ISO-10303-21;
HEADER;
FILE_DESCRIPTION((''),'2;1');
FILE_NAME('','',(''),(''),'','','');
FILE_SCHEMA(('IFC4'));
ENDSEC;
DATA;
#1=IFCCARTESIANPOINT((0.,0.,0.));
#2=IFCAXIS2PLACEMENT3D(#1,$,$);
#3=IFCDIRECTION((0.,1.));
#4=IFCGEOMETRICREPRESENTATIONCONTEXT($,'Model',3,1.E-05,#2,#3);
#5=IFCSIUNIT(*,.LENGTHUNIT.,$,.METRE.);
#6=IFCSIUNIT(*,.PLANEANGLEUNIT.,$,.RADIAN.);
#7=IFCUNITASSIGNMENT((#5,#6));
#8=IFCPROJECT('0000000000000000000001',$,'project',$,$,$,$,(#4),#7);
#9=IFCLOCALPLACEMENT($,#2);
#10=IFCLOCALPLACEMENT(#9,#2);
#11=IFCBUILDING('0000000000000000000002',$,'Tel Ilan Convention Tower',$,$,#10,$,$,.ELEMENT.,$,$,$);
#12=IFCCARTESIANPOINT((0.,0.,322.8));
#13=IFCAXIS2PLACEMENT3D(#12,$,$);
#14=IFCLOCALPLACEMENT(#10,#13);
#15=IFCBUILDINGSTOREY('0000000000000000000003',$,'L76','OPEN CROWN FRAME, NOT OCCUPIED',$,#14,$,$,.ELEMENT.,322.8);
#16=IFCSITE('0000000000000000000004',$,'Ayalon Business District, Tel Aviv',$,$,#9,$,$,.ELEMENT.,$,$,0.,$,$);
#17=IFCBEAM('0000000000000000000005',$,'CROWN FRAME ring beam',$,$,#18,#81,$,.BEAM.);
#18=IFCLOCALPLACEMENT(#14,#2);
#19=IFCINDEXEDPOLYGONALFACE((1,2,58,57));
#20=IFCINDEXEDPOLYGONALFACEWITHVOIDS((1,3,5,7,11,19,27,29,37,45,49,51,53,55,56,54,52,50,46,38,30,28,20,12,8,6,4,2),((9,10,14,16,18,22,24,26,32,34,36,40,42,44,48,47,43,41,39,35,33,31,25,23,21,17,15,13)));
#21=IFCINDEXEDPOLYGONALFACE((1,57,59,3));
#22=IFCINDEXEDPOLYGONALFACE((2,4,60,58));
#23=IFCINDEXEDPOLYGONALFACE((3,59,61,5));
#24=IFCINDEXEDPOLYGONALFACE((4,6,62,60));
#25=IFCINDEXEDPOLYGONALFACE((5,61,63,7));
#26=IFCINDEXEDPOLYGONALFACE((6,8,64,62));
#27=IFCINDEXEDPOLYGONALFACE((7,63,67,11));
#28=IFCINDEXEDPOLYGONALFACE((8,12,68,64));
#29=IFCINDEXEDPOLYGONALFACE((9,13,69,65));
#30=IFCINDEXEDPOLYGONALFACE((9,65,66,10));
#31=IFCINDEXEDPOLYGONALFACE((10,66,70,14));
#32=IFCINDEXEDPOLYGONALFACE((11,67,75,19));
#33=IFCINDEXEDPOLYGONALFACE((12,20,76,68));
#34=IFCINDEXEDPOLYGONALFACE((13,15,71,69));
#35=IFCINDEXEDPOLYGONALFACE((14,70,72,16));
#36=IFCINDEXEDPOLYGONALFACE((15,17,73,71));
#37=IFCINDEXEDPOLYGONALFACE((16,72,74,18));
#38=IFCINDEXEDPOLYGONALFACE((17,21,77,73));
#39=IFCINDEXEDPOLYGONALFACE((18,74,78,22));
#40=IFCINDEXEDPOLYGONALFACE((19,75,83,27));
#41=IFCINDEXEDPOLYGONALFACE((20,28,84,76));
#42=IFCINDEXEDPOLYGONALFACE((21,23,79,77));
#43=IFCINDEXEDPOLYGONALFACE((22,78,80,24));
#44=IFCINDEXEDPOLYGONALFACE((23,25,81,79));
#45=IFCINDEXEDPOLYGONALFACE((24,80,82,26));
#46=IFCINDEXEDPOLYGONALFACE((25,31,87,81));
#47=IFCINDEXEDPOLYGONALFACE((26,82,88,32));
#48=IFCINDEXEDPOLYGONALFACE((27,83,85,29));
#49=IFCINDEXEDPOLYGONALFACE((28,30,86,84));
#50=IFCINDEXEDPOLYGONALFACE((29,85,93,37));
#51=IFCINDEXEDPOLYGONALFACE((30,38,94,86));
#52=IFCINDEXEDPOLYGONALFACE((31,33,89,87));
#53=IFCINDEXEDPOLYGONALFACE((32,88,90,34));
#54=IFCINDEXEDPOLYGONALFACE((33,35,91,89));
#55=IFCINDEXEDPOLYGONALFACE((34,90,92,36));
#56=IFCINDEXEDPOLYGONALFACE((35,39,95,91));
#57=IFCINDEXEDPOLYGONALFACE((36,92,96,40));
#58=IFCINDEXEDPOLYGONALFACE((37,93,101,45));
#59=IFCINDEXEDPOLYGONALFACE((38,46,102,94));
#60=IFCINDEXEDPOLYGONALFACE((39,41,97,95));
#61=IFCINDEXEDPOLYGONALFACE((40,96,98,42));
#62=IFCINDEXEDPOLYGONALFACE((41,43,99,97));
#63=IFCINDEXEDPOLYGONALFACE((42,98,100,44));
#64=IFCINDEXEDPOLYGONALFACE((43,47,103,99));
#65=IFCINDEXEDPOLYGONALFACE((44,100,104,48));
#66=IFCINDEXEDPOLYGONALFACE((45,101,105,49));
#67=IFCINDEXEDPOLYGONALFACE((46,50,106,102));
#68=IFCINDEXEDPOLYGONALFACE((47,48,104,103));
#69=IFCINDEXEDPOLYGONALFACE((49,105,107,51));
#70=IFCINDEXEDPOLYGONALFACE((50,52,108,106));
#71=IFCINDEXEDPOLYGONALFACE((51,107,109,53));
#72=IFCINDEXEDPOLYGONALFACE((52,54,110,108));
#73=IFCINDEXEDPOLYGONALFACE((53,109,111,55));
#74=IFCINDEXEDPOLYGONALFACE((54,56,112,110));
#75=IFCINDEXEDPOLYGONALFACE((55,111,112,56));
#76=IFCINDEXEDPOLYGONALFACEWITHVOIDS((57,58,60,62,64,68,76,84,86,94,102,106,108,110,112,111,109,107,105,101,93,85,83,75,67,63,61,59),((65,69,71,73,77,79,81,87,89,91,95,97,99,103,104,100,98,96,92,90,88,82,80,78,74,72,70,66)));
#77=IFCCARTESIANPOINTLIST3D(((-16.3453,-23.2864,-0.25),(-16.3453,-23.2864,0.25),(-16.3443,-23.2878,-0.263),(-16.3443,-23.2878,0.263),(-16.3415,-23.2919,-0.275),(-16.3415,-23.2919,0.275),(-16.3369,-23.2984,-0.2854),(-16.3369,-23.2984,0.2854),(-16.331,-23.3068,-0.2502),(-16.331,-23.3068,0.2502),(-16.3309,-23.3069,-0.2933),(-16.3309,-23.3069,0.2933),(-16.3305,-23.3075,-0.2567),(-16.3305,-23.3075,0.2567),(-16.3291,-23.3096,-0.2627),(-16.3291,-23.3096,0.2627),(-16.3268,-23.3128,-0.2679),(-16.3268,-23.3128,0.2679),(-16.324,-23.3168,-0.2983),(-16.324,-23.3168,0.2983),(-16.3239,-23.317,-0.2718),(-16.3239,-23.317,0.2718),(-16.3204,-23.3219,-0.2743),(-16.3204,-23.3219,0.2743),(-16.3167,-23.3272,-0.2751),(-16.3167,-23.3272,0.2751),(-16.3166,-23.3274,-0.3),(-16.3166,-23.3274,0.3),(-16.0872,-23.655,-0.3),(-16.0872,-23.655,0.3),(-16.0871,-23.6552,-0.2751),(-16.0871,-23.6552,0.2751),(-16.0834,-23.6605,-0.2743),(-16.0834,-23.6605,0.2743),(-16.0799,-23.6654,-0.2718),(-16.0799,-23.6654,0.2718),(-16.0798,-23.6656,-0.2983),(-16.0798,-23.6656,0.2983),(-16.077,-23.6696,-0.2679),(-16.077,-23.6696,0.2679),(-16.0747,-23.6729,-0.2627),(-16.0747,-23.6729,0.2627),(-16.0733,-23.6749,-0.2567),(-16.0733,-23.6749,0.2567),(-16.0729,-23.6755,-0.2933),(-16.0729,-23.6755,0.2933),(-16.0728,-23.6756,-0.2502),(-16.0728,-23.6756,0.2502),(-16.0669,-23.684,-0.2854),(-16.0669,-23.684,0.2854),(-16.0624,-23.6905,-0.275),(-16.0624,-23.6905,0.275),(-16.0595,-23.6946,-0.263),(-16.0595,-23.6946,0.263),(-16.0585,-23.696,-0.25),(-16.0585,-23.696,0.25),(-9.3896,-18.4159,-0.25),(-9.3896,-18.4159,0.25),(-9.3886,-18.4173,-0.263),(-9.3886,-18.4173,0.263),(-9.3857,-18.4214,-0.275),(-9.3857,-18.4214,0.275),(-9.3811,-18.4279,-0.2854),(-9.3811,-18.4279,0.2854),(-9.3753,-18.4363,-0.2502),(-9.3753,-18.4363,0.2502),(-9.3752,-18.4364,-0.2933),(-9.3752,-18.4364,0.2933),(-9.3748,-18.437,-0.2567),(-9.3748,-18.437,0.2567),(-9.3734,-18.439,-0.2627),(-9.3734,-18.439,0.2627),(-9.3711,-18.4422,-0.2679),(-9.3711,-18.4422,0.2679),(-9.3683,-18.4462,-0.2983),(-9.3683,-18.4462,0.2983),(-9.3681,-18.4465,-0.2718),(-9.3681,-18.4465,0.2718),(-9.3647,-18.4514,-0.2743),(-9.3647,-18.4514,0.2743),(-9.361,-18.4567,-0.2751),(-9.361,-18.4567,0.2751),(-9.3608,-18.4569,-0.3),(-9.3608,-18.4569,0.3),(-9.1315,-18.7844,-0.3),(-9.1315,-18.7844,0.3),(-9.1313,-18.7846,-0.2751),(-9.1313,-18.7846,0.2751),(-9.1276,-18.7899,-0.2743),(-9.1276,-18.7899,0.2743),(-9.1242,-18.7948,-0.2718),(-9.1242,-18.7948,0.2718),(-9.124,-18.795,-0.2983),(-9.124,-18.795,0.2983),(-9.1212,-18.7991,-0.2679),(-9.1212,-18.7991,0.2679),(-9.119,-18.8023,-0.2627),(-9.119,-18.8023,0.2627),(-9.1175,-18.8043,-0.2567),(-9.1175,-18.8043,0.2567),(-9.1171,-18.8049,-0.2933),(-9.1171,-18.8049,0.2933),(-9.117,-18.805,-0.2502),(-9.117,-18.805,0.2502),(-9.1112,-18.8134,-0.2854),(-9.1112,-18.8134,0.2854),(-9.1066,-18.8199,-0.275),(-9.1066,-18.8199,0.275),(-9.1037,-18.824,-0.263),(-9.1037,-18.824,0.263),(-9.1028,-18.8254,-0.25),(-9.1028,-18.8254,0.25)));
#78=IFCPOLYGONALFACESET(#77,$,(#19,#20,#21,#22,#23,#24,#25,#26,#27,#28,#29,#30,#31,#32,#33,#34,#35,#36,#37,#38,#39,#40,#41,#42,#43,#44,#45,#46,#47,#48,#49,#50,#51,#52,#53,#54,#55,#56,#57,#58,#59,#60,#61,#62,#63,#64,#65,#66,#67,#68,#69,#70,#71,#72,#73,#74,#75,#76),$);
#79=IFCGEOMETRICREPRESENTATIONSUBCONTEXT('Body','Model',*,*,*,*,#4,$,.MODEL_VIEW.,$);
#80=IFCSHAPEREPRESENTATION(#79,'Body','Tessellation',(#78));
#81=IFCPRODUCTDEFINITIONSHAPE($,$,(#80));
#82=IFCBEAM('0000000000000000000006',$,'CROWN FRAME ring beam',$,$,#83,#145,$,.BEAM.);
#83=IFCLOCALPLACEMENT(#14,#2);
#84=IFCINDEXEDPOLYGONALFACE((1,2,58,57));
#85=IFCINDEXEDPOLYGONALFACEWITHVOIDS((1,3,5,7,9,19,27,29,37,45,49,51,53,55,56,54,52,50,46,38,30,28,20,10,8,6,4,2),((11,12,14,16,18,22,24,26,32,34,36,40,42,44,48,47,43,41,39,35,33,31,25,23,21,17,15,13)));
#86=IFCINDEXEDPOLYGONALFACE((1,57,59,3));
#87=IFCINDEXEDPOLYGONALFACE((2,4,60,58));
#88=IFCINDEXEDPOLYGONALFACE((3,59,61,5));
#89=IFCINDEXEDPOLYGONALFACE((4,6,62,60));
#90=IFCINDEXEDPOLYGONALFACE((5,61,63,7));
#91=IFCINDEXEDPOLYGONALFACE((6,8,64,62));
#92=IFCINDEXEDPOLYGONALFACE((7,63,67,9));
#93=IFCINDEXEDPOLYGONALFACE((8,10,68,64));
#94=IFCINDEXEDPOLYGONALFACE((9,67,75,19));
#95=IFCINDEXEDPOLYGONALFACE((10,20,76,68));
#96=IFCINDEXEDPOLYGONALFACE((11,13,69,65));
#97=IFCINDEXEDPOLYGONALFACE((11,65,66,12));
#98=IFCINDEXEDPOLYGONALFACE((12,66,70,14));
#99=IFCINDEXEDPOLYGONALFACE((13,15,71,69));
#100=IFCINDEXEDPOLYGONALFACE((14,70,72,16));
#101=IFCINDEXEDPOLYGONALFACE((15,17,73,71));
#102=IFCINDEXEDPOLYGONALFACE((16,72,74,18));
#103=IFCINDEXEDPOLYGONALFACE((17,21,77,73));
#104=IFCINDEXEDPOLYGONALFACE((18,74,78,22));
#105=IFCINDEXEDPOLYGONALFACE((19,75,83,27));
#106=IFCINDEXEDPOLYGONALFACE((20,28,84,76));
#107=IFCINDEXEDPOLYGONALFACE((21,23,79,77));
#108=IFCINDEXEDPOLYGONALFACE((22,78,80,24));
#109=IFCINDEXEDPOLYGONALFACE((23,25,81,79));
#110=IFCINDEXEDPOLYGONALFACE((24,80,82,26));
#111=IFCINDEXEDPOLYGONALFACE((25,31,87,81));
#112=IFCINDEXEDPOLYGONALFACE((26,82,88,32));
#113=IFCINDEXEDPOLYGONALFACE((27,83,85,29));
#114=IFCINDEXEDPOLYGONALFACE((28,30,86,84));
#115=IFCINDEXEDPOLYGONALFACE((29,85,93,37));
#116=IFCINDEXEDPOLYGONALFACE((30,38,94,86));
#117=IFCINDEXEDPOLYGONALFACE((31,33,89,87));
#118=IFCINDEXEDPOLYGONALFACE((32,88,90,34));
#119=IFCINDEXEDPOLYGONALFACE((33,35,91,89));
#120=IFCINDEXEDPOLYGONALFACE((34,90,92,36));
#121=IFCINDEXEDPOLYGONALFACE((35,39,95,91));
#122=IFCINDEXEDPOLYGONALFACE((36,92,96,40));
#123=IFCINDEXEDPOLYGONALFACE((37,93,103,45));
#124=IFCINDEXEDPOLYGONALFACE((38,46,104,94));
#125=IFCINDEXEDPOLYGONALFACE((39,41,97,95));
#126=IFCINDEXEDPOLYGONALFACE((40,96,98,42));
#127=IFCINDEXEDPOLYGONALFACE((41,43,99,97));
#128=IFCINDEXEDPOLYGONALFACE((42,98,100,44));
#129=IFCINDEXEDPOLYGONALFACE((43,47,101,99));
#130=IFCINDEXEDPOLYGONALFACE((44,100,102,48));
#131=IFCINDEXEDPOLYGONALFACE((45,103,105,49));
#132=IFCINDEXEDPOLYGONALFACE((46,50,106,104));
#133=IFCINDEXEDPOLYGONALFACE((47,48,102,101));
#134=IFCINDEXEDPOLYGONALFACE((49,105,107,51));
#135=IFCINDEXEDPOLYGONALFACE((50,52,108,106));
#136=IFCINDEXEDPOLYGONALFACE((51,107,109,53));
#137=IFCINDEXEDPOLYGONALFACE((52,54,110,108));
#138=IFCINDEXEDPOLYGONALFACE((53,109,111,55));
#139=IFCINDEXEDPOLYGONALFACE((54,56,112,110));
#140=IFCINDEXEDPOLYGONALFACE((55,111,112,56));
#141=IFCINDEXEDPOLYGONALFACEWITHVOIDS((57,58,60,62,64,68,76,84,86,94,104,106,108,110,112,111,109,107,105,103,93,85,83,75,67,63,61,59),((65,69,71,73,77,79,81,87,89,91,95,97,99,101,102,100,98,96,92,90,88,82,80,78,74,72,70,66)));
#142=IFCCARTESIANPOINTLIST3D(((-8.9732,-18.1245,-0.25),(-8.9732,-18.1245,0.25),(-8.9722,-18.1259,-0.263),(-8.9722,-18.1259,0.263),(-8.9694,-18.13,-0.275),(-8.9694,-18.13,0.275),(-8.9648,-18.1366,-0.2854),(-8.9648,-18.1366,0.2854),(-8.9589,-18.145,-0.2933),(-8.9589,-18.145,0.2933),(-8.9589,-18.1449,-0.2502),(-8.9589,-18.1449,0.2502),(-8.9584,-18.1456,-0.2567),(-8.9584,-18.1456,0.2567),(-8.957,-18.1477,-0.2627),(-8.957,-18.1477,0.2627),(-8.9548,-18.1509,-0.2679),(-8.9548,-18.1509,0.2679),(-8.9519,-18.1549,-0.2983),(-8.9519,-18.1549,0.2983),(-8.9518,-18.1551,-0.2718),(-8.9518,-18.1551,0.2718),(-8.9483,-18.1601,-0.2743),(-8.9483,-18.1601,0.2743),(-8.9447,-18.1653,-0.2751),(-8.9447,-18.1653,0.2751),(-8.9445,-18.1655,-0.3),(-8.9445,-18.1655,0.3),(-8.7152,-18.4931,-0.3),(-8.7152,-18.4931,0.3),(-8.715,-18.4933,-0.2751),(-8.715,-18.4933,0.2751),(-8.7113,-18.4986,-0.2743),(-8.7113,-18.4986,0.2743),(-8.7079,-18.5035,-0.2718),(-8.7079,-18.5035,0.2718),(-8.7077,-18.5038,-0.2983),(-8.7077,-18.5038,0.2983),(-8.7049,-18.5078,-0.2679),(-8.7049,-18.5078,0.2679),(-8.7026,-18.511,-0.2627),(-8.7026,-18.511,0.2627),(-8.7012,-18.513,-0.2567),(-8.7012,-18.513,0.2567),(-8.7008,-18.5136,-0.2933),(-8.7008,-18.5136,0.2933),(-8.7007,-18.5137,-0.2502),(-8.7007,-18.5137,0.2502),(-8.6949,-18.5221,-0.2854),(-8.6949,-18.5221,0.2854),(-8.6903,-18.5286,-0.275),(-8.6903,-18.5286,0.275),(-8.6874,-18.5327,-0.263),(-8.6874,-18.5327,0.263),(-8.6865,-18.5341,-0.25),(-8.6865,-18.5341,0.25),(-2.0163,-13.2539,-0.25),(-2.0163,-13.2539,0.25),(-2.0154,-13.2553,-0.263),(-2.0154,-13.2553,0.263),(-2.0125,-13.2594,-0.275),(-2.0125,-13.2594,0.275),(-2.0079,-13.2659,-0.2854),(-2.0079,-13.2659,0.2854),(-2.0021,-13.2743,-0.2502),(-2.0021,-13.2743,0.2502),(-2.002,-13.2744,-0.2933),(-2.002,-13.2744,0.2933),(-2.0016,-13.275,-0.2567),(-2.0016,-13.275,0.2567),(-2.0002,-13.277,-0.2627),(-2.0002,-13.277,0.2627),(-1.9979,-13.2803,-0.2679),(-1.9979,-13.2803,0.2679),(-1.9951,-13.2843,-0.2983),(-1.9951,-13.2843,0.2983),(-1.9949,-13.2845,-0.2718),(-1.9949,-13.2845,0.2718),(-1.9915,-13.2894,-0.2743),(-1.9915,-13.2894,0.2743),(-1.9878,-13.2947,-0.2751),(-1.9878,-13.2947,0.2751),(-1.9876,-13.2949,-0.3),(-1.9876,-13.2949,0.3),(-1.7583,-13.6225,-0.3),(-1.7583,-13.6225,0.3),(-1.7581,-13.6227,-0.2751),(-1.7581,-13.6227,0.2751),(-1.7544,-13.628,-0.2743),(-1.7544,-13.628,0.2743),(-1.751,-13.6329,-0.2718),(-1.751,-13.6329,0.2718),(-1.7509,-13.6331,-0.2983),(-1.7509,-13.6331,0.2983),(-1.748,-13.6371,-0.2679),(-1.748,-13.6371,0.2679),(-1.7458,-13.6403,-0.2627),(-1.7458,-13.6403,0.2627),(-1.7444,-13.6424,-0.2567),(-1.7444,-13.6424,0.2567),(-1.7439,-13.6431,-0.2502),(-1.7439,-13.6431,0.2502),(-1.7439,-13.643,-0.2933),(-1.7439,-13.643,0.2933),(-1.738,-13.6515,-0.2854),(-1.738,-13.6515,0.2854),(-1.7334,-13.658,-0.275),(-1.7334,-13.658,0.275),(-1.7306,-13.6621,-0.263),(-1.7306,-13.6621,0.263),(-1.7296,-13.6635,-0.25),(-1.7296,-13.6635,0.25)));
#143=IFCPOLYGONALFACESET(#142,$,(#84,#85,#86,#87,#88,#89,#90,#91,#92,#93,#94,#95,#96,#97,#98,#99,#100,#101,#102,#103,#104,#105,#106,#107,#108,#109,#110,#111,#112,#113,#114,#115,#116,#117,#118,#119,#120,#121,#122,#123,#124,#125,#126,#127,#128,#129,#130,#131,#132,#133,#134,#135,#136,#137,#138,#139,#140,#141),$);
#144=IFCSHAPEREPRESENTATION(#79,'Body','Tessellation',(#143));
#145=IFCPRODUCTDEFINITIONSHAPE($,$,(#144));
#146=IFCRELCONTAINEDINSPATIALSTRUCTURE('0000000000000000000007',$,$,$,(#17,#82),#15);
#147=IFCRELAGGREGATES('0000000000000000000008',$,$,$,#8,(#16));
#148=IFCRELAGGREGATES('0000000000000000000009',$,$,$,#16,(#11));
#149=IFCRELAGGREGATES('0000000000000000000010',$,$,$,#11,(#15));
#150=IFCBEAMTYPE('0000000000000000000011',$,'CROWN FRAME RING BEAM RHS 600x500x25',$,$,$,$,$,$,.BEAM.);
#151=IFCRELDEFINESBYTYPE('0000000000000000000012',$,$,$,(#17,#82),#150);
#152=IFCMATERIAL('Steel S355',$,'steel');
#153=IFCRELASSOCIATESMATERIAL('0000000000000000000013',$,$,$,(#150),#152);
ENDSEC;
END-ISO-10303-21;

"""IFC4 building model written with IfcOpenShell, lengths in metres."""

from ifc_helpers import new_model, si_unit, direction, frame, origin, origin_2d, place, context, subcontext, project, spatial, hollow_rectangle, extrude, material, material_profile, profile_set, type_object, element, save


model = new_model("IFC4")

# Units and contexts
model_context = context("Model", 3, precision=1e-05, world=origin(), true_north=direction((0.0, 1.0)))
body_context = subcontext(model_context, "Body", "Model", "MODEL_VIEW")
ifc_project = project(units=[si_unit("LENGTHUNIT", "METRE"), si_unit("PLANEANGLEUNIT", "RADIAN")], contexts=[model_context])

# Site, building, storey
site_placement = place(None, origin())
site = spatial("IfcSite", under=ifc_project, at=site_placement, Name="Ayalon Business District, Tel Aviv", CompositionType="ELEMENT", RefElevation=0.0)
building_placement = place(site_placement, origin())
building = spatial("IfcBuilding", under=site, at=building_placement, Name="Tel Ilan Convention Tower", CompositionType="ELEMENT")
storey_placement = place(building_placement, frame((0.0, 0.0, 322.8)))
storey = spatial("IfcBuildingStorey", under=building, at=storey_placement, Name="L76", Description="OPEN CROWN FRAME, NOT OCCUPIED", CompositionType="ELEMENT", Elevation=322.8)

# Beams
ifc_material_1 = material(Name="Steel S355", Category="steel")
ifc_material_profile_1 = material_profile(ifc_material_1, hollow_rectangle(XDim=0.5, YDim=0.6001, WallThickness=0.0249, InnerFilletRadius=0.0249, OuterFilletRadius=0.05, at=origin_2d()), Name="RHS 600x500x25")
ifc_profile_set_1 = profile_set([ifc_material_profile_1], Name="Steel S355")
beam_type = type_object("IfcBeamType", Name="CROWN FRAME RING BEAM RHS 600x500x25", PredefinedType="BEAM", material=ifc_profile_set_1)
beam_1_placement = place(storey_placement, frame((-16.2019, -23.4912, 0.0), z_axis=(0.819147, 0.573584, 0.0), x_axis=(-0.573584, 0.819147, 0.0)))
element("IfcBeam", 1, at=beam_1_placement, inside=storey, type_object=beam_type, Name="CROWN FRAME ring beam", PredefinedType="BEAM", context=body_context, shape_type="SweptSolid", body=[
    extrude(hollow_rectangle(XDim=0.5, YDim=0.6001, WallThickness=0.0249, InnerFilletRadius=0.0249, OuterFilletRadius=0.05, at=origin_2d()), origin(), (0.0, 0.0, 1.0), 8.4915),
])
beam_2_placement = place(storey_placement, frame((-8.8298, -18.3293, 0.0), z_axis=(0.819185, 0.57353, 0.0), x_axis=(-0.57353, 0.819185, 0.0)))
element("IfcBeam", 2, at=beam_2_placement, inside=storey, type_object=beam_type, Name="CROWN FRAME ring beam", PredefinedType="BEAM", context=body_context, shape_type="SweptSolid", body=[
    extrude(hollow_rectangle(XDim=0.5, YDim=0.6001, WallThickness=0.0249, InnerFilletRadius=0.0249, OuterFilletRadius=0.05, at=origin_2d()), origin(), (0.0, 0.0, 1.0), 8.4924),
])

save(model, "model.ifc")
